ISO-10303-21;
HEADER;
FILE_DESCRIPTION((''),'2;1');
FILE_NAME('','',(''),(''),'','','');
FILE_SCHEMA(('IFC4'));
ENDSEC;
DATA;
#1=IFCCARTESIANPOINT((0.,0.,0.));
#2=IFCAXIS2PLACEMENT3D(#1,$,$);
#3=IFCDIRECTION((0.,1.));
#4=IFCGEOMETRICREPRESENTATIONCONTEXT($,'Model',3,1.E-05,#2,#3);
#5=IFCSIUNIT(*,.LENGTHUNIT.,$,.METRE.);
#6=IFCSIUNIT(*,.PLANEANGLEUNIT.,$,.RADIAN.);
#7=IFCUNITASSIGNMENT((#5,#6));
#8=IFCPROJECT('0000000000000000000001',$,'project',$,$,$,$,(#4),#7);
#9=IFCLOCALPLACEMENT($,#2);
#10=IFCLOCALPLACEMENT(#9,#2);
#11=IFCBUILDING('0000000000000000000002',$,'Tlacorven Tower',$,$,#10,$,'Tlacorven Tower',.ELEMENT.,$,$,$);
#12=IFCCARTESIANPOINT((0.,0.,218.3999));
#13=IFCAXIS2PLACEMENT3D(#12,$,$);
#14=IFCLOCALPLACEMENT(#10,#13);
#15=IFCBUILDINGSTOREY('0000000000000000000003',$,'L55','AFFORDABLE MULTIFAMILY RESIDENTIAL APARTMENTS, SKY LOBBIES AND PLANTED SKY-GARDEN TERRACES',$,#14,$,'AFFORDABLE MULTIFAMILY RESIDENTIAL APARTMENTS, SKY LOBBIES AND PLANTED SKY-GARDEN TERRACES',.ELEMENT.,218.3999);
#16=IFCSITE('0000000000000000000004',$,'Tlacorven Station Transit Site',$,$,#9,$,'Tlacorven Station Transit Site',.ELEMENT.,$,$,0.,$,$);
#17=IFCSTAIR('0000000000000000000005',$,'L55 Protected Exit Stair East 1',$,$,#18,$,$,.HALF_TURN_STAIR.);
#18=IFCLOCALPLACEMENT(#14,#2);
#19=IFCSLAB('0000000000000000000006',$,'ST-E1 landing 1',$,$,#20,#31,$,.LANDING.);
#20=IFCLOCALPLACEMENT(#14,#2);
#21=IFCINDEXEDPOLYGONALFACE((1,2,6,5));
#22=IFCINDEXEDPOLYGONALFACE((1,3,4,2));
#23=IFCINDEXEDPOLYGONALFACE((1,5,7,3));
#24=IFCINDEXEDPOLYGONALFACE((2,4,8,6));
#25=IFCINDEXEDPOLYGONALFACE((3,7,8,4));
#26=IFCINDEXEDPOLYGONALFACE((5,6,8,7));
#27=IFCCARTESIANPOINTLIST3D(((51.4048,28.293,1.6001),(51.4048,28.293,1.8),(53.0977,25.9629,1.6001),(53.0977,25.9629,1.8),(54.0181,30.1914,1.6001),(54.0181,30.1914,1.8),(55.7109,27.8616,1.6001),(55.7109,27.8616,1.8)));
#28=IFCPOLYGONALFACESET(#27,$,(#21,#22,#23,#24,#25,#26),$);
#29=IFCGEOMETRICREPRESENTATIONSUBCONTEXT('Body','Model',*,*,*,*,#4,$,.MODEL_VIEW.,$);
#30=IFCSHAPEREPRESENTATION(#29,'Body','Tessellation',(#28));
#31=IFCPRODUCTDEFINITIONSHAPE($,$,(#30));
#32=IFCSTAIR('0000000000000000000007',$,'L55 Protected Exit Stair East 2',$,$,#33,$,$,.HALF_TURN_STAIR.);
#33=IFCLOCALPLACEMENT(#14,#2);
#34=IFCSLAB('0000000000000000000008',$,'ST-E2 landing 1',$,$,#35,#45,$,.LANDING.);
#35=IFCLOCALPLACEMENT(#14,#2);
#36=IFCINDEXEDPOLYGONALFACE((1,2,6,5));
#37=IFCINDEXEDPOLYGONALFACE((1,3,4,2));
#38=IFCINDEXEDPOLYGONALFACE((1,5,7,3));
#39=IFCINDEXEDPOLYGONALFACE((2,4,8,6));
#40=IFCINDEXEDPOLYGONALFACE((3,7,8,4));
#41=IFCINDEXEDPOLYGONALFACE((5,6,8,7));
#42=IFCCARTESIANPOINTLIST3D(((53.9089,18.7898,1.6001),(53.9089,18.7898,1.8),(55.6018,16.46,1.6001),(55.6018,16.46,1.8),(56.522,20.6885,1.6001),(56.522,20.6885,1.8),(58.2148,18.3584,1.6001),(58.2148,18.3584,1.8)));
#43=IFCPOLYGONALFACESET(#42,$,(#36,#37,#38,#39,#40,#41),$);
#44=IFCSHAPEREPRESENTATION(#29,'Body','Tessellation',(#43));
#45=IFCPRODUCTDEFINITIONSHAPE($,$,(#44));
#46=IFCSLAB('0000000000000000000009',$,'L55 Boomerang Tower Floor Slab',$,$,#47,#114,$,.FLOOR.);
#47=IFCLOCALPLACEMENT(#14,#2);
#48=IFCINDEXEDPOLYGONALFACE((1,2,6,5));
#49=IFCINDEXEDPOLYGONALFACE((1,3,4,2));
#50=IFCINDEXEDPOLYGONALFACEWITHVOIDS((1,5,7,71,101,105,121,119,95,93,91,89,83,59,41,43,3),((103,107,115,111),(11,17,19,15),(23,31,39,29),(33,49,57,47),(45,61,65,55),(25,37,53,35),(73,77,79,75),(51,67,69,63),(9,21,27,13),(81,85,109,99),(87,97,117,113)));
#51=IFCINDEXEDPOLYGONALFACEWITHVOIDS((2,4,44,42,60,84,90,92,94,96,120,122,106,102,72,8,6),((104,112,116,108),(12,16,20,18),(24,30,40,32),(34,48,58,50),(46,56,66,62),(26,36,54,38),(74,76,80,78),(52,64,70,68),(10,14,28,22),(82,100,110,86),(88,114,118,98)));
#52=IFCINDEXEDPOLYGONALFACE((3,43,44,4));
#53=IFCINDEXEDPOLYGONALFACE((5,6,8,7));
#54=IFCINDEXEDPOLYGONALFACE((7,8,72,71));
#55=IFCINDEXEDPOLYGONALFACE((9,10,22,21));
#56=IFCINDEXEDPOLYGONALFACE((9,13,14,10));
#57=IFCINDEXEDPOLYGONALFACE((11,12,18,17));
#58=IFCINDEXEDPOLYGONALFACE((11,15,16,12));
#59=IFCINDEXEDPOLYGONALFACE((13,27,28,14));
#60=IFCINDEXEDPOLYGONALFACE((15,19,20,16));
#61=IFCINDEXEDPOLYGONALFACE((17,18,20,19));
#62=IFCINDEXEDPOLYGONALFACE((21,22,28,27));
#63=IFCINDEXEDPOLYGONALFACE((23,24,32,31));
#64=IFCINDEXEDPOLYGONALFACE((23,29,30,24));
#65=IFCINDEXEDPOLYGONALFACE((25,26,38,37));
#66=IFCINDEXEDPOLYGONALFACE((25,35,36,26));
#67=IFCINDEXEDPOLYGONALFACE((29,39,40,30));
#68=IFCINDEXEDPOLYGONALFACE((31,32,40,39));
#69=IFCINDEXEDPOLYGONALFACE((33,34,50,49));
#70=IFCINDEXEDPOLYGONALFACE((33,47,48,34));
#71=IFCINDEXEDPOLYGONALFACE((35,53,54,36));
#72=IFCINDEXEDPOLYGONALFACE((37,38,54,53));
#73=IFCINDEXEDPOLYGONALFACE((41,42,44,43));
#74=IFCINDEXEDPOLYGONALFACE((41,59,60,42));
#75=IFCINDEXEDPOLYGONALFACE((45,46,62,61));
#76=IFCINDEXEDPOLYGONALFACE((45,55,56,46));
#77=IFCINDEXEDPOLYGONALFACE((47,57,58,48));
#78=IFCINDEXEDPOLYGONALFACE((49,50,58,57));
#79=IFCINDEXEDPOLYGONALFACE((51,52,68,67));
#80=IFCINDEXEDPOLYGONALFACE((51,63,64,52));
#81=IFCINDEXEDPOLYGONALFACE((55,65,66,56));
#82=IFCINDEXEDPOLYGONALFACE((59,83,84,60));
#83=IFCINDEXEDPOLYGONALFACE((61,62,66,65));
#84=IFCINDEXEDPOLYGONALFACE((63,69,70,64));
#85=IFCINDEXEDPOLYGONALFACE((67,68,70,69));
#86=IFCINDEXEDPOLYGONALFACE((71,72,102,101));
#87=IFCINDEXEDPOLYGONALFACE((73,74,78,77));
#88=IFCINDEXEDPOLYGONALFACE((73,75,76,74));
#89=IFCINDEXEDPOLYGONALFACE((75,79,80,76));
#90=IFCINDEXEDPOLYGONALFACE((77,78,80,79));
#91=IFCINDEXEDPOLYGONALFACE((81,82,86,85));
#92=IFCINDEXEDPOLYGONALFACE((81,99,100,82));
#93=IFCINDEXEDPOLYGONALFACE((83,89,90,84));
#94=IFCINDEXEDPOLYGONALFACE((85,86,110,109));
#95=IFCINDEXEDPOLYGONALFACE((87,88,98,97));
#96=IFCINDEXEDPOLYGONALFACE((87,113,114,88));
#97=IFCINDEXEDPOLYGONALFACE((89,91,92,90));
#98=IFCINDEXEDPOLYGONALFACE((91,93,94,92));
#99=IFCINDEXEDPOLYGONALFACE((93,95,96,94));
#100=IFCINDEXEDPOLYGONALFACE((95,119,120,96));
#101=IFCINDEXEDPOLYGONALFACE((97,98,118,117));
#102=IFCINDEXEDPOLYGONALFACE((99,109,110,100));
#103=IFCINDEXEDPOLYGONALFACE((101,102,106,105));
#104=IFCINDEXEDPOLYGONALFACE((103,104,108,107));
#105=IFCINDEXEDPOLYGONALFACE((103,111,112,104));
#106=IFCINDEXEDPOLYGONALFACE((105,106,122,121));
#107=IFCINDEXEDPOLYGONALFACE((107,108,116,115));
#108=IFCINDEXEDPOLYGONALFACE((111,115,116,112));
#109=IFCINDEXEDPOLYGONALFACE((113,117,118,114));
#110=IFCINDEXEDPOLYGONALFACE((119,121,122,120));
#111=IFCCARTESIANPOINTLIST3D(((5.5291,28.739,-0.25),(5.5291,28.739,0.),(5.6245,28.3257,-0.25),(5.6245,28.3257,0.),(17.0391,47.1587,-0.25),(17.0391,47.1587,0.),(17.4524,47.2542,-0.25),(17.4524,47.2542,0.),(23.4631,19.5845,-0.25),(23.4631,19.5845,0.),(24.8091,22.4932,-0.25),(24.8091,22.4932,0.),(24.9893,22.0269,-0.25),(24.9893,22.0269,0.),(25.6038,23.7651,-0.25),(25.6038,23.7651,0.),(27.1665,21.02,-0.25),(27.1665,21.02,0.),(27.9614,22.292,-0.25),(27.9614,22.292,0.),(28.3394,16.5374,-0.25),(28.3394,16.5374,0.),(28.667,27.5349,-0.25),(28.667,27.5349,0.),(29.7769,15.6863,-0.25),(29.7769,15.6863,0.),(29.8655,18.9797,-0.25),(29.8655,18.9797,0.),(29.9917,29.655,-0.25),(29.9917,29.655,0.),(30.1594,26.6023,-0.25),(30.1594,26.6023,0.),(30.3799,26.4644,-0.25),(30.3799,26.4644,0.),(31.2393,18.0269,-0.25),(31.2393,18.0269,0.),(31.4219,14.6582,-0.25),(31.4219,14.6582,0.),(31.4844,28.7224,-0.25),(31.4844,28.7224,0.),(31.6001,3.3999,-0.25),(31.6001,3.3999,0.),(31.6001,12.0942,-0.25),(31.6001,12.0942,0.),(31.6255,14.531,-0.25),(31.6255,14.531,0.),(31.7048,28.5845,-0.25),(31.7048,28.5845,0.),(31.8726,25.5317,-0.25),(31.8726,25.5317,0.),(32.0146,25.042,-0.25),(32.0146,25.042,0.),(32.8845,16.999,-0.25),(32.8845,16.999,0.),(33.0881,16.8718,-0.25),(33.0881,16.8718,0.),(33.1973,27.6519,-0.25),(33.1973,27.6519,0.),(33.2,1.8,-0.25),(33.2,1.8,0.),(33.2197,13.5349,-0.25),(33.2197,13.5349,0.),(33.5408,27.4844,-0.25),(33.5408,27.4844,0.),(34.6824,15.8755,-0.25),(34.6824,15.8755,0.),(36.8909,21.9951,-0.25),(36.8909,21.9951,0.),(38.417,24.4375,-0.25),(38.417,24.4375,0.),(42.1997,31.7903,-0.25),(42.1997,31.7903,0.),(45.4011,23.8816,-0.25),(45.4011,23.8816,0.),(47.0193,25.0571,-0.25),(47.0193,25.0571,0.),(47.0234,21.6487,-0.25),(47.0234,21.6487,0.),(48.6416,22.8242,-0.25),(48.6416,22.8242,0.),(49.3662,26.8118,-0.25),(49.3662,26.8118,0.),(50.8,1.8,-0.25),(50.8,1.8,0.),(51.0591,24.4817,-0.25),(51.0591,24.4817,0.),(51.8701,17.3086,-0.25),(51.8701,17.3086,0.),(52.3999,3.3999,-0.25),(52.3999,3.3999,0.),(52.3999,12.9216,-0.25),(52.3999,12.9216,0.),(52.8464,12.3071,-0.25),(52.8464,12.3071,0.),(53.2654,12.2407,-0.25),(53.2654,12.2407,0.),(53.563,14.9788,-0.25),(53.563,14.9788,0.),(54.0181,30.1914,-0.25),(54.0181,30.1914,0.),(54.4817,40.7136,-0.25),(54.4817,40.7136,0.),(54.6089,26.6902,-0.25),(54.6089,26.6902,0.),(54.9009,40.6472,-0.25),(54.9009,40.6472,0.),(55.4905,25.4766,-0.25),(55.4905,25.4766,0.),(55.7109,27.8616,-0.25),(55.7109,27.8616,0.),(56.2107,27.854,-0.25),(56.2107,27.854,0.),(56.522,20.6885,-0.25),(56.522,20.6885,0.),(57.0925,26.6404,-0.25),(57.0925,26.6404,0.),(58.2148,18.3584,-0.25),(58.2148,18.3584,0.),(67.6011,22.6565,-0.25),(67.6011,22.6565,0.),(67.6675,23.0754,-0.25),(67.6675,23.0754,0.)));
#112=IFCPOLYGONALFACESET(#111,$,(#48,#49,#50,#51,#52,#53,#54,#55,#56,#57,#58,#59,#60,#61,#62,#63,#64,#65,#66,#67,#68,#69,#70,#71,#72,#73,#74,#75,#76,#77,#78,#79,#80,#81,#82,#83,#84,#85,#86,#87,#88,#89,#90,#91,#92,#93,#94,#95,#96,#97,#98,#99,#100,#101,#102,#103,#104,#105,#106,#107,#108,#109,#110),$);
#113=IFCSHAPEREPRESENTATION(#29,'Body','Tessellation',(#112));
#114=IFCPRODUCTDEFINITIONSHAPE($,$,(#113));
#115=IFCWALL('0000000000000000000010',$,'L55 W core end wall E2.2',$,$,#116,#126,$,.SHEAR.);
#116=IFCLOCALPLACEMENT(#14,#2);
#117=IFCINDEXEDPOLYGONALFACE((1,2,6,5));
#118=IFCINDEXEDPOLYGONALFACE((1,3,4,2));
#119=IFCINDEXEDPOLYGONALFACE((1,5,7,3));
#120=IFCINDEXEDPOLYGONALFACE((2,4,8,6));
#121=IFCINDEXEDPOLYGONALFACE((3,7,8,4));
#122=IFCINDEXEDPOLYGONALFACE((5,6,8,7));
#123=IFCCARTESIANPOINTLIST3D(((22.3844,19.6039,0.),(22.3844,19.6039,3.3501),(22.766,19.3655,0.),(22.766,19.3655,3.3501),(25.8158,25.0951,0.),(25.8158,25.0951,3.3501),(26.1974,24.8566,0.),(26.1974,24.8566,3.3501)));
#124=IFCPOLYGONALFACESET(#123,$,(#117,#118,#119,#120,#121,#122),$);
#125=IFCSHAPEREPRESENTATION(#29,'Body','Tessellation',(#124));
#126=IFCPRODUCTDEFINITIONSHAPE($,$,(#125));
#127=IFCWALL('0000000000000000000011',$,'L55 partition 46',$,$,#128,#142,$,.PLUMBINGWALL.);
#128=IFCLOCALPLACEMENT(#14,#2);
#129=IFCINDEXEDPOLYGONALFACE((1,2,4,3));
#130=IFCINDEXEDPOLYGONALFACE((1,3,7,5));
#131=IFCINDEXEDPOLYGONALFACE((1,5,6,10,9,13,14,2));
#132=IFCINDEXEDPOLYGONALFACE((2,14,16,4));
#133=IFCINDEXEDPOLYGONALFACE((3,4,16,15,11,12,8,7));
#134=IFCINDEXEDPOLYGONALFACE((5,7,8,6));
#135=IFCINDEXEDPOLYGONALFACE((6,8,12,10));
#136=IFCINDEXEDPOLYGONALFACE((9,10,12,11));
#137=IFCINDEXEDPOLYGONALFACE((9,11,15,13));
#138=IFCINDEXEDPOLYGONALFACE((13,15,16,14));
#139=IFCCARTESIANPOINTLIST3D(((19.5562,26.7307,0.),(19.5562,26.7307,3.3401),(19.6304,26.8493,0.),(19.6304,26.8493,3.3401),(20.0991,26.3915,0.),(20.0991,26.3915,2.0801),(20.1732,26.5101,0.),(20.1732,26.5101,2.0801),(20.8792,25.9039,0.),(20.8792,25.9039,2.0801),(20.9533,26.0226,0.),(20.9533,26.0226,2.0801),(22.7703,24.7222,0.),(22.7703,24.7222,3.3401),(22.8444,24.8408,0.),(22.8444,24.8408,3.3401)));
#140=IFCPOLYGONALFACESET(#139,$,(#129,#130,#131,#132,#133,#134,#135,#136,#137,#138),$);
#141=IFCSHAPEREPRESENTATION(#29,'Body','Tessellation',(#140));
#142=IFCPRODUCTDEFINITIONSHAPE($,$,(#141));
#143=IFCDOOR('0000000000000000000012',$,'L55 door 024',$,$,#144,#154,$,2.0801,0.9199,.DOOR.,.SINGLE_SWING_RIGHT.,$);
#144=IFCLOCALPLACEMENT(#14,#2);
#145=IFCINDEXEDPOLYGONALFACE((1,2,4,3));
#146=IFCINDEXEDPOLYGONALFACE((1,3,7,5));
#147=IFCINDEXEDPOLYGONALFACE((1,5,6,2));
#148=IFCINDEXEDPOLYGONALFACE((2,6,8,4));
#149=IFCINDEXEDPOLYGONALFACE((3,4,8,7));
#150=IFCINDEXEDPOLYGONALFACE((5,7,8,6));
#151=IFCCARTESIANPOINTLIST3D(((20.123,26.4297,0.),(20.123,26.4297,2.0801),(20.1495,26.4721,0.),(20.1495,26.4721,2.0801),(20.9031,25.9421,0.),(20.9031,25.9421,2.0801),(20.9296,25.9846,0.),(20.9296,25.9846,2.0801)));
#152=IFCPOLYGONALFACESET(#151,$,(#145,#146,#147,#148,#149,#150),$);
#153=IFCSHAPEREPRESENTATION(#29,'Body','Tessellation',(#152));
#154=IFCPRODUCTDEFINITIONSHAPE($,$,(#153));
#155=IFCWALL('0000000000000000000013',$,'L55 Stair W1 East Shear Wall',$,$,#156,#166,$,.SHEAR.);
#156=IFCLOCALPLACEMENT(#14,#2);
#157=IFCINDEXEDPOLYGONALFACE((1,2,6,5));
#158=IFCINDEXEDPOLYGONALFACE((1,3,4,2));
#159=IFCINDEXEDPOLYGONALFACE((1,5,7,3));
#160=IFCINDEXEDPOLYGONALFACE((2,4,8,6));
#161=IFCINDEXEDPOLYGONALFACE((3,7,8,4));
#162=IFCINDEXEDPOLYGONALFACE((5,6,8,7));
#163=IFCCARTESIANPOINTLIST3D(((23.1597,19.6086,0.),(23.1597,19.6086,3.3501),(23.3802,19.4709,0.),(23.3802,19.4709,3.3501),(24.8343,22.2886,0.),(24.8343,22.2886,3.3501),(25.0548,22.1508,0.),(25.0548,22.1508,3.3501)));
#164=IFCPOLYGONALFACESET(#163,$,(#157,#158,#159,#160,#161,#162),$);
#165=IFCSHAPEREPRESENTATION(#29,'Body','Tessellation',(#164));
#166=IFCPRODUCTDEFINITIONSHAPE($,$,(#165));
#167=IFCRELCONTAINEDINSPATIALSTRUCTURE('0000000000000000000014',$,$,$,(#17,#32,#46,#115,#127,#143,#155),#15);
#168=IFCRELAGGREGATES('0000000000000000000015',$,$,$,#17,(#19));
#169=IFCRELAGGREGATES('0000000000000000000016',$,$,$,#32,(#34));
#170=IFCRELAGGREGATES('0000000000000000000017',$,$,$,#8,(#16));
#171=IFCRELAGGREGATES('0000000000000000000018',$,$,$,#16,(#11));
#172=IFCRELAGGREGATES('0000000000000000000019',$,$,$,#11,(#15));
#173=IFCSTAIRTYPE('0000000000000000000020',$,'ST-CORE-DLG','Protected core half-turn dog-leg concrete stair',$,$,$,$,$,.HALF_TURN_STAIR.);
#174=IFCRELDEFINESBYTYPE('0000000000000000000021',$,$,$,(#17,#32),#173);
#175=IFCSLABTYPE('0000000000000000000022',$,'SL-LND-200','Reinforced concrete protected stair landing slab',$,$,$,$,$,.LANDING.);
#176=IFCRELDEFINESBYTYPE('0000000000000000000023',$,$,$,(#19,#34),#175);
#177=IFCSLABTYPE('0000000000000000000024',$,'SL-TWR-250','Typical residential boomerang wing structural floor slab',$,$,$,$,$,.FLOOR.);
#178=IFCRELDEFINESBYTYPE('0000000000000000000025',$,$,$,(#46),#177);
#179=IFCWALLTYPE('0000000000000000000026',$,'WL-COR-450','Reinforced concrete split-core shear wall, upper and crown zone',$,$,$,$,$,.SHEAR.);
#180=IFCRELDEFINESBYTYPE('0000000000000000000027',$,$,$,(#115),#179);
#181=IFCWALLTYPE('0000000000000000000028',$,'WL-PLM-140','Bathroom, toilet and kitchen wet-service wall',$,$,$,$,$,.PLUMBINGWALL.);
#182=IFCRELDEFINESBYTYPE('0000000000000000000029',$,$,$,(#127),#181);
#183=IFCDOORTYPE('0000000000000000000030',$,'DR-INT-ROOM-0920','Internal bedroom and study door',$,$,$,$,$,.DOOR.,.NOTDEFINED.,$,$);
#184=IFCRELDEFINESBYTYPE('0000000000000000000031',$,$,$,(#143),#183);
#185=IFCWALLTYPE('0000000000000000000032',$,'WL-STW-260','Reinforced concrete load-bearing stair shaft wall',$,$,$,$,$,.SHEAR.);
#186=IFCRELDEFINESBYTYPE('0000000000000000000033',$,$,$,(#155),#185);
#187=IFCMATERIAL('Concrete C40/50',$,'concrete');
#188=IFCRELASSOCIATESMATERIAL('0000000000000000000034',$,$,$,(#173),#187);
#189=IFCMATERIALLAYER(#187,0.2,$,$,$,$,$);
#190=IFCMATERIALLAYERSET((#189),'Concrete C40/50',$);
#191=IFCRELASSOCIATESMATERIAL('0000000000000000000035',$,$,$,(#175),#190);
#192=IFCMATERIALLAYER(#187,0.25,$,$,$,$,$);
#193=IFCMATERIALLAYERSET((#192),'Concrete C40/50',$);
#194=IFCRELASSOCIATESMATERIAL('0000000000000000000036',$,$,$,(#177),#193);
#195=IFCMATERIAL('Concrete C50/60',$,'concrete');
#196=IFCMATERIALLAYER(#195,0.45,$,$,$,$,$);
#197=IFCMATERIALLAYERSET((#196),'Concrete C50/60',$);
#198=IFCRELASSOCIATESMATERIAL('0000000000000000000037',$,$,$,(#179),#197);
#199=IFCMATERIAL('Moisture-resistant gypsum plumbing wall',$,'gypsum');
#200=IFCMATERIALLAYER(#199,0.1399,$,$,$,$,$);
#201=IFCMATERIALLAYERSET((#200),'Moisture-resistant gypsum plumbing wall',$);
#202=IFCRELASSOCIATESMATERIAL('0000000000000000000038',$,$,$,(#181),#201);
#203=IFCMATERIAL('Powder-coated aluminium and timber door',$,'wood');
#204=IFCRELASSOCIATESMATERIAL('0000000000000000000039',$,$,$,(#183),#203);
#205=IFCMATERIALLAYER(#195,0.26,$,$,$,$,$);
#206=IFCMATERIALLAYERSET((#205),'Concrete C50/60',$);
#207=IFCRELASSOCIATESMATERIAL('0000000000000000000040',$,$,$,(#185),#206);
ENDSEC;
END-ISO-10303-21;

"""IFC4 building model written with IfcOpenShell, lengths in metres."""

from ifc_helpers import new_model, si_unit, direction, frame, frame_2d, origin, place, context, subcontext, project, spatial, polyline, rectangle, outline, extrude, source, transform, mapped, material, layer, layer_set, type_object, element, fill, aggregate, save


model = new_model("IFC4")

# Units and contexts
model_context = context("Model", 3, precision=1e-05, world=origin(), true_north=direction((0.0, 1.0)))
body_context = subcontext(model_context, "Body", "Model", "MODEL_VIEW")
ifc_project = project(units=[si_unit("LENGTHUNIT", "METRE"), si_unit("PLANEANGLEUNIT", "RADIAN")], contexts=[model_context])

# Site, building, storey
site_placement = place(None, origin())
site = spatial("IfcSite", under=ifc_project, at=site_placement, Name="Tlacorven Station Transit Site", LongName="Tlacorven Station Transit Site", CompositionType="ELEMENT", RefElevation=0.0)
building_placement = place(site_placement, origin())
building = spatial("IfcBuilding", under=site, at=building_placement, Name="Tlacorven Tower", LongName="Tlacorven Tower", CompositionType="ELEMENT")
storey_placement = place(building_placement, frame((0.0, 0.0, 218.3999)))
storey = spatial("IfcBuildingStorey", under=building, at=storey_placement, Name="L55", Description="AFFORDABLE MULTIFAMILY RESIDENTIAL APARTMENTS, SKY LOBBIES AND PLANTED SKY-GARDEN TERRACES", LongName="AFFORDABLE MULTIFAMILY RESIDENTIAL APARTMENTS, SKY LOBBIES AND PLANTED SKY-GARDEN TERRACES", CompositionType="ELEMENT", Elevation=218.3999)

# Stairs, slabs
ifc_material_1 = material(Name="Concrete C40/50", Category="concrete")
stair_type = type_object("IfcStairType", Name="ST-CORE-DLG", Description="Protected core half-turn dog-leg concrete stair", PredefinedType="HALF_TURN_STAIR", material=ifc_material_1)
ifc_layer_1 = layer(ifc_material_1, 0.2)
ifc_layer_set_1 = layer_set([ifc_layer_1], Name="Concrete C40/50")
slab_type_1 = type_object("IfcSlabType", Name="SL-LND-200", Description="Reinforced concrete protected stair landing slab", PredefinedType="LANDING", material=ifc_layer_set_1)
stair_1_placement = place(storey_placement, origin())
stair_1 = element("IfcStair", 1, at=stair_1_placement, inside=storey, type_object=stair_type, Name="L55 Protected Exit Stair East 1", PredefinedType="HALF_TURN_STAIR")
slab_1_placement = place(storey_placement, frame((0.0, 0.0, 1.6001)))
slab_1 = element("IfcSlab", 2, at=slab_1_placement, type_object=slab_type_1, Name="ST-E1 landing 1", PredefinedType="LANDING", context=body_context, shape_type="SweptSolid", body=[
    extrude(outline(polyline([(53.0977, 25.9629), (55.7109, 27.8616), (54.0181, 30.1914), (51.4048, 28.293), (53.0977, 25.9629)])), origin(), (0.0, 0.0, 1.0), 0.2),
])
aggregate(stair_1, [slab_1])
stair_2_placement = place(storey_placement, origin())
stair_2 = element("IfcStair", 3, at=stair_2_placement, inside=storey, type_object=stair_type, Name="L55 Protected Exit Stair East 2", PredefinedType="HALF_TURN_STAIR")
slab_2_placement = place(storey_placement, frame((0.0, 0.0, 1.6001)))
slab_2 = element("IfcSlab", 4, at=slab_2_placement, type_object=slab_type_1, Name="ST-E2 landing 1", PredefinedType="LANDING", context=body_context, shape_type="SweptSolid", body=[
    extrude(outline(polyline([(55.6018, 16.46), (58.2148, 18.3584), (56.522, 20.6885), (53.9089, 18.7898), (55.6018, 16.46)])), origin(), (0.0, 0.0, 1.0), 0.2),
])
aggregate(stair_2, [slab_2])

# Slab
ifc_layer_2 = layer(ifc_material_1, 0.25)
ifc_layer_set_2 = layer_set([ifc_layer_2], Name="Concrete C40/50")
slab_type_2 = type_object("IfcSlabType", Name="SL-TWR-250", Description="Typical residential boomerang wing structural floor slab", PredefinedType="FLOOR", material=ifc_layer_set_2)
slab_3_placement = place(storey_placement, frame((0.0, 0.0, -0.25)))
element("IfcSlab", 5, at=slab_3_placement, inside=storey, type_object=slab_type_2, Name="L55 Boomerang Tower Floor Slab", PredefinedType="FLOOR", context=body_context, shape_type="SweptSolid", body=[
    extrude(outline(polyline([(52.3999, 3.3999), (50.8, 1.8), (33.2, 1.8), (31.6001, 3.3999), (31.6001, 12.0942), (5.6245, 28.3257), (5.5291, 28.739), (17.0391, 47.1587), (17.4524, 47.2542), (42.1997, 31.7903), (54.4817, 40.7136), (54.9009, 40.6472), (67.6675, 23.0754), (67.6011, 22.6565), (53.2654, 12.2407), (52.8464, 12.3071), (52.3999, 12.9216), (52.3999, 3.3999)]), holes=[polyline([(29.8655, 18.9797), (24.9893, 22.0269), (23.4631, 19.5845), (28.3394, 16.5374), (29.8655, 18.9797)]), polyline([(38.417, 24.4375), (33.5408, 27.4844), (32.0146, 25.042), (36.8909, 21.9951), (38.417, 24.4375)]), polyline([(51.0591, 24.4817), (55.7109, 27.8616), (54.0181, 30.1914), (49.3662, 26.8118), (51.0591, 24.4817)]), polyline([(53.563, 14.9788), (58.2148, 18.3584), (56.522, 20.6885), (51.8701, 17.3086), (53.563, 14.9788)]), polyline([(34.6824, 15.8755), (33.0881, 16.8718), (31.6255, 14.531), (33.2197, 13.5349), (34.6824, 15.8755)]), polyline([(32.8845, 16.999), (31.2393, 18.0269), (29.7769, 15.6863), (31.4219, 14.6582), (32.8845, 16.999)]), polyline([(47.0234, 21.6487), (48.6416, 22.8242), (47.0193, 25.0571), (45.4011, 23.8816), (47.0234, 21.6487)]), polyline([(33.1973, 27.6519), (31.7048, 28.5845), (30.3799, 26.4644), (31.8726, 25.5317), (33.1973, 27.6519)]), polyline([(31.4844, 28.7224), (29.9917, 29.655), (28.667, 27.5349), (30.1594, 26.6023), (31.4844, 28.7224)]), polyline([(27.9614, 22.292), (25.6038, 23.7651), (24.8091, 22.4932), (27.1665, 21.02), (27.9614, 22.292)]), polyline([(55.4905, 25.4766), (57.0925, 26.6404), (56.2107, 27.854), (54.6089, 26.6902), (55.4905, 25.4766)])]), origin(), (0.0, 0.0, 1.0), 0.25),
])

# Wall
ifc_material_2 = material(Name="Concrete C50/60", Category="concrete")
ifc_layer_3 = layer(ifc_material_2, 0.45)
ifc_layer_set_3 = layer_set([ifc_layer_3], Name="Concrete C50/60")
wall_type_1 = type_object("IfcWallType", Name="WL-COR-450", Description="Reinforced concrete split-core shear wall, upper and crown zone", PredefinedType="SHEAR", material=ifc_layer_set_3)
wall_1_placement = place(storey_placement, frame((26.0066, 24.9758, 0.0), z_axis=(0.0, 0.0, 1.0), x_axis=(-0.529931, -0.848041, 0.0)))
element("IfcWall", 6, at=wall_1_placement, inside=storey, type_object=wall_type_1, Name="L55 W core end wall E2.2", PredefinedType="SHEAR", context=body_context, shape_type="SweptSolid", body=[
    extrude(rectangle(XDim=6.4751, YDim=0.45, at=frame_2d((3.2375, 0.0))), origin(), (0.0, 0.0, 1.0), 3.3501),
])

# Wall, opening, door
ifc_material_3 = material(Name="Moisture-resistant gypsum plumbing wall", Category="gypsum")
ifc_layer_4 = layer(ifc_material_3, 0.1399)
ifc_layer_set_4 = layer_set([ifc_layer_4], Name="Moisture-resistant gypsum plumbing wall")
wall_type_2 = type_object("IfcWallType", Name="WL-PLM-140", Description="Bathroom, toilet and kitchen wet-service wall", PredefinedType="PLUMBINGWALL", material=ifc_layer_set_4)
wall_2_placement = place(storey_placement, frame((22.8074, 24.7815, 0.0), z_axis=(0.0, 0.0, 1.0), x_axis=(-0.848031, 0.529947, 0.0)))
wall_2 = element("IfcWall", 7, at=wall_2_placement, inside=storey, type_object=wall_type_2, Name="L55 partition 46", PredefinedType="PLUMBINGWALL", context=body_context, shape_type="SweptSolid", body=[
    extrude(rectangle(XDim=3.79, YDim=0.1399, at=frame_2d((1.895, 0.0))), origin(), (0.0, 0.0, 1.0), 3.3401),
])
opening_placement = place(wall_2_placement, frame((2.23, 0.0, 0.0)))
opening = element("IfcOpeningElement", 8, at=opening_placement, cuts=wall_2, PredefinedType="OPENING", context=body_context, shape_type="SweptSolid", body=[
    extrude(rectangle(XDim=0.9199, YDim=2.0801, at=frame_2d((0.46, 1.04))), frame((0.0, 0.0801, 0.0), z_axis=(0.0, -1.0, 0.0), x_axis=(1.0, 0.0, 0.0)), (0.0, 0.0, 1.0), 0.1599),
])
ifc_material_4 = material(Name="Powder-coated aluminium and timber door", Category="wood")
door_type = type_object("IfcDoorType", Name="DR-INT-ROOM-0920", Description="Internal bedroom and study door", OperationType="NOTDEFINED", PredefinedType="DOOR", material=ifc_material_4)
shared_shape_1 = source(origin(), body_context, "Body", "SweptSolid", [
    extrude(rectangle(XDim=0.9199, YDim=2.0801, at=frame_2d((0.46, 1.04))), frame((0.0, 0.0249, 0.0), z_axis=(0.0, -1.0, 0.0), x_axis=(1.0, 0.0, 0.0)), (0.0, 0.0, 1.0), 0.05),
])
door_placement = place(opening_placement, origin())
door = element("IfcDoor", 9, at=door_placement, inside=storey, type_object=door_type, Name="L55 door 024", OperationType="SINGLE_SWING_RIGHT", OverallHeight=2.0801, OverallWidth=0.9199, PredefinedType="DOOR", context=body_context, shape_type="MappedRepresentation", body=[
    mapped(shared_shape_1, transform((0.0, 0.0, 0.0), scale=1.0)),
])
fill(opening, door)

# Wall
ifc_layer_5 = layer(ifc_material_2, 0.26)
ifc_layer_set_5 = layer_set([ifc_layer_5], Name="Concrete C50/60")
wall_type_3 = type_object("IfcWallType", Name="WL-STW-260", Description="Reinforced concrete load-bearing stair shaft wall", PredefinedType="SHEAR", material=ifc_layer_set_5)
wall_3_placement = place(storey_placement, frame((24.9446, 22.2197, 0.0), z_axis=(0.0, 0.0, 1.0), x_axis=(-0.529909, -0.848055, 0.0)))
element("IfcWall", 10, at=wall_3_placement, inside=storey, type_object=wall_type_3, Name="L55 Stair W1 East Shear Wall", PredefinedType="SHEAR", context=body_context, shape_type="SweptSolid", body=[
    extrude(rectangle(XDim=3.1602, YDim=0.26, at=frame_2d((1.5801, 0.0))), origin(), (0.0, 0.0, 1.0), 3.3501),
])

save(model, "model.ifc")
